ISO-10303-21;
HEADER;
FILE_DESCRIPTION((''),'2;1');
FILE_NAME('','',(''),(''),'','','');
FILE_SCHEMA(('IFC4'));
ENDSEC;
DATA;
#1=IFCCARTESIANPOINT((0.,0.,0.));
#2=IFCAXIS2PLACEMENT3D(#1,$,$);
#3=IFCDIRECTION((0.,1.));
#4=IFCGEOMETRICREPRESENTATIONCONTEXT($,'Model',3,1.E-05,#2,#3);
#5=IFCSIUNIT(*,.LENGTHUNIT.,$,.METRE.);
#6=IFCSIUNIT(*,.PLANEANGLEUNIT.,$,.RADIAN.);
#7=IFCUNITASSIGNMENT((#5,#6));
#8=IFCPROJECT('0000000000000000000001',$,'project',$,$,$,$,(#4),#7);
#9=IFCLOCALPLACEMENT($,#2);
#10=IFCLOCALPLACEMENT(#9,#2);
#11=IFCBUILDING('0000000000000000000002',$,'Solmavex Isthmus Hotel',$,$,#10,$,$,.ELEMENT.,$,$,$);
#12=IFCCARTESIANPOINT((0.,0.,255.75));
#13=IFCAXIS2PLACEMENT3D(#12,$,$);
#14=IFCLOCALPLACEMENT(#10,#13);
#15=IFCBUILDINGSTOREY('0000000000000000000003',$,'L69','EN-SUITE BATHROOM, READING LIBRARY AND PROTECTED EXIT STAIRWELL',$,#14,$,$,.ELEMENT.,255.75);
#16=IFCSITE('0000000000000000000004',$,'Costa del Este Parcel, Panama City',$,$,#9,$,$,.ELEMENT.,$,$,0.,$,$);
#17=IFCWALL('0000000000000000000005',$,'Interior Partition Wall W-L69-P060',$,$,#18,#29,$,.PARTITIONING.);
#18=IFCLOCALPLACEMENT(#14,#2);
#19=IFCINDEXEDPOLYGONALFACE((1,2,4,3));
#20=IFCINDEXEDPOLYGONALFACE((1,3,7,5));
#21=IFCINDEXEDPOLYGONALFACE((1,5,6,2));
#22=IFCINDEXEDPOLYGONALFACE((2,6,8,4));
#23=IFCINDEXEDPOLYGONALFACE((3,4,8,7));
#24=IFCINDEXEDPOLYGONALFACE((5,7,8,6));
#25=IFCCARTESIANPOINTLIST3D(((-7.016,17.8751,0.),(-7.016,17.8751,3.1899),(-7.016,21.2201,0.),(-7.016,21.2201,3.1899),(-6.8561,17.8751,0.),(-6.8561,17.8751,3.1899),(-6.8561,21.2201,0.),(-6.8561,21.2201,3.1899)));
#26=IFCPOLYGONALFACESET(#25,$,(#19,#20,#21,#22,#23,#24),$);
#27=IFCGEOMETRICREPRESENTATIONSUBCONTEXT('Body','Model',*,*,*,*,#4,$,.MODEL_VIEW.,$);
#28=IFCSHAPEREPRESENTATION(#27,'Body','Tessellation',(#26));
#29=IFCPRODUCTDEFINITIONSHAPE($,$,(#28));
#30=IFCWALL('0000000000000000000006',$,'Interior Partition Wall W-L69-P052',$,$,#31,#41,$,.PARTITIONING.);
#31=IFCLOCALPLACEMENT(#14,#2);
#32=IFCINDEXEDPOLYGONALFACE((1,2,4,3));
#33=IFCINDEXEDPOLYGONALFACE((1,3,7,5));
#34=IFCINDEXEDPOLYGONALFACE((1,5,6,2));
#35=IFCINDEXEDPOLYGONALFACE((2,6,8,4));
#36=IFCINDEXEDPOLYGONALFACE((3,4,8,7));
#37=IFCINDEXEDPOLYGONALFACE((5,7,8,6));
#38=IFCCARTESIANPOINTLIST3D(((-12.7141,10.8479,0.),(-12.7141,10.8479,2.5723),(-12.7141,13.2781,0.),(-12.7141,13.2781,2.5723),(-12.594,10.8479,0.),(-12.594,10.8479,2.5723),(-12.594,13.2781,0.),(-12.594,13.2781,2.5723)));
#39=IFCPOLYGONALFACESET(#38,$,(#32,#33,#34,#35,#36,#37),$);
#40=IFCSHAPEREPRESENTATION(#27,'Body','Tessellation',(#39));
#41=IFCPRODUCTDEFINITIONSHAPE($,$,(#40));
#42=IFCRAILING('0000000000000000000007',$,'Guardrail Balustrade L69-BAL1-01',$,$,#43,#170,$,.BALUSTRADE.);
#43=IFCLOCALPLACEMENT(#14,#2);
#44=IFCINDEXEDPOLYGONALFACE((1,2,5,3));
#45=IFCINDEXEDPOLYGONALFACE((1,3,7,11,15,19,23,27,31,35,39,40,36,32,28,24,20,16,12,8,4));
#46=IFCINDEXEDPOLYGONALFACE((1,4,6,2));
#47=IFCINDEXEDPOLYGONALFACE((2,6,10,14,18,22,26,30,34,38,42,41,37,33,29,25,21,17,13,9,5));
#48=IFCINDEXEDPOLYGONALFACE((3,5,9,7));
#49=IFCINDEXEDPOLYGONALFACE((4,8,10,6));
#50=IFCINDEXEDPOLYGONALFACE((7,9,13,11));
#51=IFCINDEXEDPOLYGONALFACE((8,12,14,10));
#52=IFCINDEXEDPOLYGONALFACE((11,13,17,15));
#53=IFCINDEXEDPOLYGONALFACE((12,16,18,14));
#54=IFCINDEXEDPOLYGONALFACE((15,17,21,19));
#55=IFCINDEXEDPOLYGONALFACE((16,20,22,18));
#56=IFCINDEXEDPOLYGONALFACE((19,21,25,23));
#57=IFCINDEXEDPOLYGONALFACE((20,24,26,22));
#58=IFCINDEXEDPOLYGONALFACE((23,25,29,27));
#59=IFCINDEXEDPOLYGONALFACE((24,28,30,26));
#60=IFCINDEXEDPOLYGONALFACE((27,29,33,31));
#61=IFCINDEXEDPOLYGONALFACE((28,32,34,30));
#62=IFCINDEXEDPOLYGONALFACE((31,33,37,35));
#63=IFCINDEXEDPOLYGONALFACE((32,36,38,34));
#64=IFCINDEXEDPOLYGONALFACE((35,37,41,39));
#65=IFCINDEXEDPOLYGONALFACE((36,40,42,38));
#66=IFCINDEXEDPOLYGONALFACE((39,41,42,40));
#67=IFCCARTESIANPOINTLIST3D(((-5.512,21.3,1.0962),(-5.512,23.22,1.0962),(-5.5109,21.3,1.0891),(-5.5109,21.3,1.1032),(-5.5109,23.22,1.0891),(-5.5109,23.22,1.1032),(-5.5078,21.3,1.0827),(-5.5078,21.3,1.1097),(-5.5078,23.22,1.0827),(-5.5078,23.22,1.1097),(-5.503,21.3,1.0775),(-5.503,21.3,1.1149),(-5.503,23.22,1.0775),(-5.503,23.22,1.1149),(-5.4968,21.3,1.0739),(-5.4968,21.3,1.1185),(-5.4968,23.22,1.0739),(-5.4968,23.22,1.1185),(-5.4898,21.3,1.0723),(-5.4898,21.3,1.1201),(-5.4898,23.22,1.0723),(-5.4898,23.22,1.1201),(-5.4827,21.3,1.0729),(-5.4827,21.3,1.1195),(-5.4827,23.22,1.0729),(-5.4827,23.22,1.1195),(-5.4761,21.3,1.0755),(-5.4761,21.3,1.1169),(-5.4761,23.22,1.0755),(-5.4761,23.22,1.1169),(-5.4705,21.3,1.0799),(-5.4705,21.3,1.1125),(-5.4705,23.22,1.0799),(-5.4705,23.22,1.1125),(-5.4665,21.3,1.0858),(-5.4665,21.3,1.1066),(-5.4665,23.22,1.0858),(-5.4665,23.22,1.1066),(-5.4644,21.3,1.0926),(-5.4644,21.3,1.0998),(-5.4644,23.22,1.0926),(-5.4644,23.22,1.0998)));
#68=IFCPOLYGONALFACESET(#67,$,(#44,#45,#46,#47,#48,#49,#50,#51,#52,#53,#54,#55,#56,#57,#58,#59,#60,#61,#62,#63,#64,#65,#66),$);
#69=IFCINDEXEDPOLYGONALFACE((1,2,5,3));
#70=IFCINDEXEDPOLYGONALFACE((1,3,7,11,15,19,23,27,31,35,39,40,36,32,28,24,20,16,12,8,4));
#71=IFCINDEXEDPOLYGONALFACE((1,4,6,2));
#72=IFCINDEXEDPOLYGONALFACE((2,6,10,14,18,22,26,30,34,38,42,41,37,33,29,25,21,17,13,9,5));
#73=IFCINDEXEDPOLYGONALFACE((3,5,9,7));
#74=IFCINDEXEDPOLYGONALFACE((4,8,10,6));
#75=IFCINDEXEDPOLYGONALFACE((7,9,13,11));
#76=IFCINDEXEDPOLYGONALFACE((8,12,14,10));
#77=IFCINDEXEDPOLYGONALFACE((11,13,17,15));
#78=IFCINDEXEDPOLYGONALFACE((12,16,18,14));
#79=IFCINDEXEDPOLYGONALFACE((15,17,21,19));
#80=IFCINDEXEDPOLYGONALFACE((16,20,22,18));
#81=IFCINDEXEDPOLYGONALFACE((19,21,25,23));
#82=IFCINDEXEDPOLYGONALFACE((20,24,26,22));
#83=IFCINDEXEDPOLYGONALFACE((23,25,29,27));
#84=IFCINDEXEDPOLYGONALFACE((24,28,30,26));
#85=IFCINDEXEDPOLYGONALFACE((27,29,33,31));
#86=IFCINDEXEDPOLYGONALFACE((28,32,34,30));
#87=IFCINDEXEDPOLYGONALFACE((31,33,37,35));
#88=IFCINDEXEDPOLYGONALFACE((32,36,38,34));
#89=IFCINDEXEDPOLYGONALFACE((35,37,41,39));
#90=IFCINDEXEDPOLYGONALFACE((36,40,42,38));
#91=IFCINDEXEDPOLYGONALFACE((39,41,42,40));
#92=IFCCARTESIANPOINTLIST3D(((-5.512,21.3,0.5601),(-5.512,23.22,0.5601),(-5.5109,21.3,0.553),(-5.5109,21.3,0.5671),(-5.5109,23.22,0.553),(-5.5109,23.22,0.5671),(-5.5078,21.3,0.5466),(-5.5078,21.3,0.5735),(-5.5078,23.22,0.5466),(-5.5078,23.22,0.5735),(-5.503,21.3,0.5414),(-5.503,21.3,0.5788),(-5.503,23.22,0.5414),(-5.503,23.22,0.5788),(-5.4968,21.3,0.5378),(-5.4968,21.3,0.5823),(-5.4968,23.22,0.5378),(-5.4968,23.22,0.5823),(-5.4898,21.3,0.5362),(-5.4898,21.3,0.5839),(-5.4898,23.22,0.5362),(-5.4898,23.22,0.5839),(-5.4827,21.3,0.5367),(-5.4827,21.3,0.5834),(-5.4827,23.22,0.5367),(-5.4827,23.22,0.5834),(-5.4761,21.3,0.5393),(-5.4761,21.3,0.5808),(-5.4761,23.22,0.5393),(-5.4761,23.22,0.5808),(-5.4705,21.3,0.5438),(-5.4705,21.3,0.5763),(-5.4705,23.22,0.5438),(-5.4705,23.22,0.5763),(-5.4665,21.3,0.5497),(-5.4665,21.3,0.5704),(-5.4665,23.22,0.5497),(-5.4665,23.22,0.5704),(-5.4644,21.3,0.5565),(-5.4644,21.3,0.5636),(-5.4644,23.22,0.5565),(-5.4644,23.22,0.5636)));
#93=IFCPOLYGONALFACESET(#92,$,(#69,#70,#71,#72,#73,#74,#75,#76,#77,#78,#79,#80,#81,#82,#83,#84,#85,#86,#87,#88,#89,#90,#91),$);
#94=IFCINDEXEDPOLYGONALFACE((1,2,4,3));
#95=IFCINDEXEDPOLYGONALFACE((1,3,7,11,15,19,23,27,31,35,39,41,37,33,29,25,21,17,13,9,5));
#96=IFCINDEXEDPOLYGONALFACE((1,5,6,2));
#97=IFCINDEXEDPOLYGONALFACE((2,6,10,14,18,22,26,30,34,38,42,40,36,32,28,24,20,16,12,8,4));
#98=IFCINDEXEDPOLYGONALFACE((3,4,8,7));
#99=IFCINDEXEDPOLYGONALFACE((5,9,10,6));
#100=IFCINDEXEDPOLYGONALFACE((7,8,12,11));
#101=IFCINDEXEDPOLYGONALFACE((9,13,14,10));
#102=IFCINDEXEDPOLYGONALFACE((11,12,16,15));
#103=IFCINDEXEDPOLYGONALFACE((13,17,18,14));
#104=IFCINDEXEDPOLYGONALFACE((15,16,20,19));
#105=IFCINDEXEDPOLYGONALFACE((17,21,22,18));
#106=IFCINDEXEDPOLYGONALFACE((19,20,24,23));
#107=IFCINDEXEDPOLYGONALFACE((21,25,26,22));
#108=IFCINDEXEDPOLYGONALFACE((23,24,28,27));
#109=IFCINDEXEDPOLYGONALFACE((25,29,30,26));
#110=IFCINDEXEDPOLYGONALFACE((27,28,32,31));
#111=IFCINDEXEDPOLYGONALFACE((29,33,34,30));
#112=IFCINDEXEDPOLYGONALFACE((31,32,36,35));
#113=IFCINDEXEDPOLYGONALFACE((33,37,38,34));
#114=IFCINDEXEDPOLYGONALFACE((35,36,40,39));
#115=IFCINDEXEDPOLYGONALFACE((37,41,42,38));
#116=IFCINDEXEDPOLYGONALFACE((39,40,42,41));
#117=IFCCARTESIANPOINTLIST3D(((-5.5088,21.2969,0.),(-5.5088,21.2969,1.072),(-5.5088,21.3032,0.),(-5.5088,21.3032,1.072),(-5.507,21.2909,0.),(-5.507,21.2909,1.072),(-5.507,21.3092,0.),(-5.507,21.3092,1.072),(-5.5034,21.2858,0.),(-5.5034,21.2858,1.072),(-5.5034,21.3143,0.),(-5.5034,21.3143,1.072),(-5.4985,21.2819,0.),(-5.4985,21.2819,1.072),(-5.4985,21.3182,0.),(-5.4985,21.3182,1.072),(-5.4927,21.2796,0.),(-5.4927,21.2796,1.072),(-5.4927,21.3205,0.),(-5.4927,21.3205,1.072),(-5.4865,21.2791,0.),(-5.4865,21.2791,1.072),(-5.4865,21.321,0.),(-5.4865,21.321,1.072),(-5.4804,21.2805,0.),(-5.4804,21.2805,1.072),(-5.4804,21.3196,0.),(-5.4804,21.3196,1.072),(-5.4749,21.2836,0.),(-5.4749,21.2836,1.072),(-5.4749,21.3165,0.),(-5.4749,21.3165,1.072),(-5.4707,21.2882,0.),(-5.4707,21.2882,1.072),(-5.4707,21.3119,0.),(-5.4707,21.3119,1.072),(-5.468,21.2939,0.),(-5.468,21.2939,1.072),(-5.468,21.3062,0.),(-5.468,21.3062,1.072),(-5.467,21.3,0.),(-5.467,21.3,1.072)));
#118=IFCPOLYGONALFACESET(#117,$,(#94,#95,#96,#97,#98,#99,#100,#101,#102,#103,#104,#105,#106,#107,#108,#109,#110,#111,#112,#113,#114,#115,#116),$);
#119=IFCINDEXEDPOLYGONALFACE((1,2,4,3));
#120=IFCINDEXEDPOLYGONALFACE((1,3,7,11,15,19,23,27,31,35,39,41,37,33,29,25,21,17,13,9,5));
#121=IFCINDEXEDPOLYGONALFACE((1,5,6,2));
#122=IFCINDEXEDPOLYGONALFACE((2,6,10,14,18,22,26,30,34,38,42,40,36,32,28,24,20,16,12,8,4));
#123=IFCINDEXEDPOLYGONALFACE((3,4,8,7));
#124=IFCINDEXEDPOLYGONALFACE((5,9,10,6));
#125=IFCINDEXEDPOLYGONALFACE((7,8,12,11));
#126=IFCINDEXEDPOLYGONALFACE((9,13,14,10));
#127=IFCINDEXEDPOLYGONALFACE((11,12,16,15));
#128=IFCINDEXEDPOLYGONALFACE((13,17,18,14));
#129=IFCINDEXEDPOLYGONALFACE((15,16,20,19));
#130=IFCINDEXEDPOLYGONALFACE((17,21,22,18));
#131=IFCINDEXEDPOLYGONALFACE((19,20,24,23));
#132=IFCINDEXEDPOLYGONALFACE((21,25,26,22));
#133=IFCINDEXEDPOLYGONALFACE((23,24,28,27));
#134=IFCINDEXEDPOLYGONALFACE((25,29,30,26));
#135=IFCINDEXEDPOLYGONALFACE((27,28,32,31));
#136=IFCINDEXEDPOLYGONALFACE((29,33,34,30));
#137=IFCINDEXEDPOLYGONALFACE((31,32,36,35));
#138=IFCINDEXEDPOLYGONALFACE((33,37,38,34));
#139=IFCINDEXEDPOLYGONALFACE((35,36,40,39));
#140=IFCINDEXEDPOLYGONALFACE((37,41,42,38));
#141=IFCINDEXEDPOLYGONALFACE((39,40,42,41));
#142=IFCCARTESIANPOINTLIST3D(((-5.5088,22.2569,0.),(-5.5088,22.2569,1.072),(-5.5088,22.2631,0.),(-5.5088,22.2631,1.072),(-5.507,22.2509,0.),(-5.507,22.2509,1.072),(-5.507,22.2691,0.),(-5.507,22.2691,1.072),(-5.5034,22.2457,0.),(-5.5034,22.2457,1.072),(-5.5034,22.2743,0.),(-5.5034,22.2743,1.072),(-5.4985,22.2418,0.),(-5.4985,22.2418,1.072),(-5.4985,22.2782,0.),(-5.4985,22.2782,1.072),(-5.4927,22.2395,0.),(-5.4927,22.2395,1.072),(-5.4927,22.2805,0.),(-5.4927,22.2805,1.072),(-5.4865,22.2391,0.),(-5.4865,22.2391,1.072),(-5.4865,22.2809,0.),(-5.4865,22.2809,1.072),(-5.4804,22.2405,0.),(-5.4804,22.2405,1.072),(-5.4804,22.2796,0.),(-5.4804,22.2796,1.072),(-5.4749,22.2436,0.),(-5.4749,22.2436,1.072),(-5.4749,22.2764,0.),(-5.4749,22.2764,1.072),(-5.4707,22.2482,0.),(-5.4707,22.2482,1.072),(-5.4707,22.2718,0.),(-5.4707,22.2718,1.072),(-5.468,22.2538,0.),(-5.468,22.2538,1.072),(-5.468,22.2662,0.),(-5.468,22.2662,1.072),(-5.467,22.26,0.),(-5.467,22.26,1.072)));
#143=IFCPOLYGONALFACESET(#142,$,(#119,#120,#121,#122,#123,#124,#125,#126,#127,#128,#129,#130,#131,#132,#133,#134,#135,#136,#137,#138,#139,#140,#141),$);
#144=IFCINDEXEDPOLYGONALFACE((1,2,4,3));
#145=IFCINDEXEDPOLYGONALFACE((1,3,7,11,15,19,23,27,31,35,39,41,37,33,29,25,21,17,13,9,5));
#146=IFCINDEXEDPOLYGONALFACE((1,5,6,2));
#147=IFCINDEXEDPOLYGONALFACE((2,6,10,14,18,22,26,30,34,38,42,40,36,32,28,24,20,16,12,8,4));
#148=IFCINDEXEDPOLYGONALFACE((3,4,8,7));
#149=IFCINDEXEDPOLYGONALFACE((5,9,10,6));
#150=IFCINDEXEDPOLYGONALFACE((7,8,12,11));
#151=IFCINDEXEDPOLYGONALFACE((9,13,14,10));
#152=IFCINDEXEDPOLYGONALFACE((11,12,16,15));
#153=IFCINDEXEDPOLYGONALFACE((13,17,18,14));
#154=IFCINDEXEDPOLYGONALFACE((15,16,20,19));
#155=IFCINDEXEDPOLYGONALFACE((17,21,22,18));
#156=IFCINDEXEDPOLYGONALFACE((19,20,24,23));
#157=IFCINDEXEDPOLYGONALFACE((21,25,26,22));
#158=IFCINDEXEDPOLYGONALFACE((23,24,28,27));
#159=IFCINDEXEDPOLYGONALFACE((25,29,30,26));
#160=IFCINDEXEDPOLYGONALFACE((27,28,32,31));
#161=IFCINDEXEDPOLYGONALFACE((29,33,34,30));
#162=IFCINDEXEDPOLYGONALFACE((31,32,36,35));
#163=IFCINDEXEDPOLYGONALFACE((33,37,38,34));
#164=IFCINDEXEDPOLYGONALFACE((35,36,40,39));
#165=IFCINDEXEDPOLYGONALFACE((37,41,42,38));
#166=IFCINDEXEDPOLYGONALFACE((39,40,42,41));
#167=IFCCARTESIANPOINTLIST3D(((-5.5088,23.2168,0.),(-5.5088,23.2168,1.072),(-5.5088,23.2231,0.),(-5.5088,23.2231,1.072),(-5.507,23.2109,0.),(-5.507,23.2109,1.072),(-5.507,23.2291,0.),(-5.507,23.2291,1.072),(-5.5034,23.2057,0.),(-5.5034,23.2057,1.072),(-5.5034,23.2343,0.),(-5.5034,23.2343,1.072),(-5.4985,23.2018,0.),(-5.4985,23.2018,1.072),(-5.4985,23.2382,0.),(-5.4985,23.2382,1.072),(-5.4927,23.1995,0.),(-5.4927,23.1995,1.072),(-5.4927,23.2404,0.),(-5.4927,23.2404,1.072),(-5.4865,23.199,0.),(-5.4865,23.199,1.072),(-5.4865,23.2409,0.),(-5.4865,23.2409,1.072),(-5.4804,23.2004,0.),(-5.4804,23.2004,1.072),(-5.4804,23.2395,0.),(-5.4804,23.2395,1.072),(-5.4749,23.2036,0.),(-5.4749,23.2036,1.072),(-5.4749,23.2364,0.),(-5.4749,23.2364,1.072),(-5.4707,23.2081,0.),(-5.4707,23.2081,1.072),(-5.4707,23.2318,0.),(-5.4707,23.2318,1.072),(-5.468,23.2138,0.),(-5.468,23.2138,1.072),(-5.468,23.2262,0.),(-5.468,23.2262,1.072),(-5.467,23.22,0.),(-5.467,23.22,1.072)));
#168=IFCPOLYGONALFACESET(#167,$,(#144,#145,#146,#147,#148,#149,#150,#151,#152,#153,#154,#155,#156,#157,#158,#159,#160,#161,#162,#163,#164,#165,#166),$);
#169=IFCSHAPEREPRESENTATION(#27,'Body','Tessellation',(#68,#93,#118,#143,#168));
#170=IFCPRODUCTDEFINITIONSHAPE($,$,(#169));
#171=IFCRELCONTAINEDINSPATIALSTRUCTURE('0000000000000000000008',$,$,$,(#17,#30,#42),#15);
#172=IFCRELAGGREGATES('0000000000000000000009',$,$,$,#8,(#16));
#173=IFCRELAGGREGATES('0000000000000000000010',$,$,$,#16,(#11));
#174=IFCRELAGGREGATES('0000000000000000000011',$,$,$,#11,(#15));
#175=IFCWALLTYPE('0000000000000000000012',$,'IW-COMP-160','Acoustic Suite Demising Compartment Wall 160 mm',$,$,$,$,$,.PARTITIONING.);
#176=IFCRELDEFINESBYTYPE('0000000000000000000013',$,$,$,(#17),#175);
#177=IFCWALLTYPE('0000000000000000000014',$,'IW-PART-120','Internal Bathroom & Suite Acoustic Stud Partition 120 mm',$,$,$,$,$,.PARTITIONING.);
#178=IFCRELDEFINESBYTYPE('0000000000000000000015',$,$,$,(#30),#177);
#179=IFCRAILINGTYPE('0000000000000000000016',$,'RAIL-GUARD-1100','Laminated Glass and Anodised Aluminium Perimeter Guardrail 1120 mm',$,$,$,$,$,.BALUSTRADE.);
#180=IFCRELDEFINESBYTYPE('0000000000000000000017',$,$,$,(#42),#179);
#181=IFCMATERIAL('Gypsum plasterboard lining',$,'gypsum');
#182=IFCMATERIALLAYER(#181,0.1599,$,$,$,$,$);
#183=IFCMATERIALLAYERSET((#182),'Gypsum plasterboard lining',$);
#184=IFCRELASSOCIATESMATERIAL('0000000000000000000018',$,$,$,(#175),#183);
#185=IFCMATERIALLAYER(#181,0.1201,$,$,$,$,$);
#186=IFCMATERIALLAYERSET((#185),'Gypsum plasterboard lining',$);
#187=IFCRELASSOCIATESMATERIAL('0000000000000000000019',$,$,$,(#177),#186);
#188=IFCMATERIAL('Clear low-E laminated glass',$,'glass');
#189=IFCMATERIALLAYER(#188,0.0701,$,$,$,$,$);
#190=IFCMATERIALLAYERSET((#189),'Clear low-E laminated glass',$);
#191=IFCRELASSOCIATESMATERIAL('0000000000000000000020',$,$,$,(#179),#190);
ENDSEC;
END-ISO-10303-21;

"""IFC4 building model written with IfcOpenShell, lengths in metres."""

from ifc_helpers import new_model, si_unit, direction, frame, frame_2d, origin, origin_2d, place, context, subcontext, project, spatial, rectangle, circle, extrude, material, layer, layer_set, type_object, element, save


model = new_model("IFC4")

# Units and contexts
model_context = context("Model", 3, precision=1e-05, world=origin(), true_north=direction((0.0, 1.0)))
body_context = subcontext(model_context, "Body", "Model", "MODEL_VIEW")
ifc_project = project(units=[si_unit("LENGTHUNIT", "METRE"), si_unit("PLANEANGLEUNIT", "RADIAN")], contexts=[model_context])

# Site, building, storey
site_placement = place(None, origin())
site = spatial("IfcSite", under=ifc_project, at=site_placement, Name="Costa del Este Parcel, Panama City", CompositionType="ELEMENT", RefElevation=0.0)
building_placement = place(site_placement, origin())
building = spatial("IfcBuilding", under=site, at=building_placement, Name="Solmavex Isthmus Hotel", CompositionType="ELEMENT")
storey_placement = place(building_placement, frame((0.0, 0.0, 255.75)))
storey = spatial("IfcBuildingStorey", under=building, at=storey_placement, Name="L69", Description="EN-SUITE BATHROOM, READING LIBRARY AND PROTECTED EXIT STAIRWELL", CompositionType="ELEMENT", Elevation=255.75)

# Shared definitions
ifc_material_1 = material(Name="Clear low-E laminated glass", Category="glass")

# Walls
ifc_material_2 = material(Name="Gypsum plasterboard lining", Category="gypsum")
ifc_layer_1 = layer(ifc_material_2, 0.1599)
ifc_layer_set_1 = layer_set([ifc_layer_1], Name="Gypsum plasterboard lining")
wall_type_1 = type_object("IfcWallType", Name="IW-COMP-160", Description="Acoustic Suite Demising Compartment Wall 160 mm", PredefinedType="PARTITIONING", material=ifc_layer_set_1)
wall_1_placement = place(storey_placement, frame((-6.936, 21.22, 0.0), z_axis=(0.0, 0.0, 1.0), x_axis=(0.0, -1.0, 0.0)))
element("IfcWall", 1, at=wall_1_placement, inside=storey, type_object=wall_type_1, Name="Interior Partition Wall W-L69-P060", PredefinedType="PARTITIONING", context=body_context, shape_type="SweptSolid", body=[
    extrude(rectangle(XDim=3.345, YDim=0.1599, at=frame_2d((1.6724, 0.0))), origin(), (0.0, 0.0, 1.0), 3.1899),
])
ifc_layer_2 = layer(ifc_material_2, 0.1201)
ifc_layer_set_2 = layer_set([ifc_layer_2], Name="Gypsum plasterboard lining")
wall_type_2 = type_object("IfcWallType", Name="IW-PART-120", Description="Internal Bathroom & Suite Acoustic Stud Partition 120 mm", PredefinedType="PARTITIONING", material=ifc_layer_set_2)
wall_2_placement = place(storey_placement, frame((-12.6541, 13.2781, 0.0), z_axis=(0.0, 0.0, 1.0), x_axis=(0.0, -1.0, 0.0)))
element("IfcWall", 2, at=wall_2_placement, inside=storey, type_object=wall_type_2, Name="Interior Partition Wall W-L69-P052", PredefinedType="PARTITIONING", context=body_context, shape_type="SweptSolid", body=[
    extrude(rectangle(XDim=2.4302, YDim=0.1201, at=frame_2d((1.2151, 0.0))), origin(), (0.0, 0.0, 1.0), 2.5723),
])

# Railing
ifc_layer_3 = layer(ifc_material_1, 0.0701)
ifc_layer_set_3 = layer_set([ifc_layer_3], Name="Clear low-E laminated glass")
railing_type = type_object("IfcRailingType", Name="RAIL-GUARD-1100", Description="Laminated Glass and Anodised Aluminium Perimeter Guardrail 1120 mm", PredefinedType="BALUSTRADE", material=ifc_layer_set_3)
railing_1_placement = place(storey_placement, frame((-5.488, 21.3, 0.0)))
element("IfcRailing", 3, at=railing_1_placement, inside=storey, type_object=railing_type, Name="Guardrail Balustrade L69-BAL1-01", PredefinedType="BALUSTRADE", context=body_context, shape_type="SweptSolid", body=[
    extrude(circle(Radius=0.0239, at=origin_2d()), frame((0.0, 0.0, 1.0962), z_axis=(0.0, 1.0, 0.0), x_axis=(-1.0, 0.0, 0.0)), (0.0, 0.0, 1.0), 1.9199),
    extrude(circle(Radius=0.0239, at=origin_2d()), frame((0.0, 0.0, 0.5601), z_axis=(0.0, 1.0, 0.0), x_axis=(-1.0, 0.0, 0.0)), (0.0, 0.0, 1.0), 1.9199),
    extrude(circle(Radius=0.021, at=origin_2d()), origin(), (0.0, 0.0, 1.0), 1.072),
    extrude(circle(Radius=0.021, at=origin_2d()), frame((0.0, 0.96, 0.0)), (0.0, 0.0, 1.0), 1.072),
    extrude(circle(Radius=0.021, at=origin_2d()), frame((0.0, 1.9199, 0.0)), (0.0, 0.0, 1.0), 1.072),
])

save(model, "model.ifc")
